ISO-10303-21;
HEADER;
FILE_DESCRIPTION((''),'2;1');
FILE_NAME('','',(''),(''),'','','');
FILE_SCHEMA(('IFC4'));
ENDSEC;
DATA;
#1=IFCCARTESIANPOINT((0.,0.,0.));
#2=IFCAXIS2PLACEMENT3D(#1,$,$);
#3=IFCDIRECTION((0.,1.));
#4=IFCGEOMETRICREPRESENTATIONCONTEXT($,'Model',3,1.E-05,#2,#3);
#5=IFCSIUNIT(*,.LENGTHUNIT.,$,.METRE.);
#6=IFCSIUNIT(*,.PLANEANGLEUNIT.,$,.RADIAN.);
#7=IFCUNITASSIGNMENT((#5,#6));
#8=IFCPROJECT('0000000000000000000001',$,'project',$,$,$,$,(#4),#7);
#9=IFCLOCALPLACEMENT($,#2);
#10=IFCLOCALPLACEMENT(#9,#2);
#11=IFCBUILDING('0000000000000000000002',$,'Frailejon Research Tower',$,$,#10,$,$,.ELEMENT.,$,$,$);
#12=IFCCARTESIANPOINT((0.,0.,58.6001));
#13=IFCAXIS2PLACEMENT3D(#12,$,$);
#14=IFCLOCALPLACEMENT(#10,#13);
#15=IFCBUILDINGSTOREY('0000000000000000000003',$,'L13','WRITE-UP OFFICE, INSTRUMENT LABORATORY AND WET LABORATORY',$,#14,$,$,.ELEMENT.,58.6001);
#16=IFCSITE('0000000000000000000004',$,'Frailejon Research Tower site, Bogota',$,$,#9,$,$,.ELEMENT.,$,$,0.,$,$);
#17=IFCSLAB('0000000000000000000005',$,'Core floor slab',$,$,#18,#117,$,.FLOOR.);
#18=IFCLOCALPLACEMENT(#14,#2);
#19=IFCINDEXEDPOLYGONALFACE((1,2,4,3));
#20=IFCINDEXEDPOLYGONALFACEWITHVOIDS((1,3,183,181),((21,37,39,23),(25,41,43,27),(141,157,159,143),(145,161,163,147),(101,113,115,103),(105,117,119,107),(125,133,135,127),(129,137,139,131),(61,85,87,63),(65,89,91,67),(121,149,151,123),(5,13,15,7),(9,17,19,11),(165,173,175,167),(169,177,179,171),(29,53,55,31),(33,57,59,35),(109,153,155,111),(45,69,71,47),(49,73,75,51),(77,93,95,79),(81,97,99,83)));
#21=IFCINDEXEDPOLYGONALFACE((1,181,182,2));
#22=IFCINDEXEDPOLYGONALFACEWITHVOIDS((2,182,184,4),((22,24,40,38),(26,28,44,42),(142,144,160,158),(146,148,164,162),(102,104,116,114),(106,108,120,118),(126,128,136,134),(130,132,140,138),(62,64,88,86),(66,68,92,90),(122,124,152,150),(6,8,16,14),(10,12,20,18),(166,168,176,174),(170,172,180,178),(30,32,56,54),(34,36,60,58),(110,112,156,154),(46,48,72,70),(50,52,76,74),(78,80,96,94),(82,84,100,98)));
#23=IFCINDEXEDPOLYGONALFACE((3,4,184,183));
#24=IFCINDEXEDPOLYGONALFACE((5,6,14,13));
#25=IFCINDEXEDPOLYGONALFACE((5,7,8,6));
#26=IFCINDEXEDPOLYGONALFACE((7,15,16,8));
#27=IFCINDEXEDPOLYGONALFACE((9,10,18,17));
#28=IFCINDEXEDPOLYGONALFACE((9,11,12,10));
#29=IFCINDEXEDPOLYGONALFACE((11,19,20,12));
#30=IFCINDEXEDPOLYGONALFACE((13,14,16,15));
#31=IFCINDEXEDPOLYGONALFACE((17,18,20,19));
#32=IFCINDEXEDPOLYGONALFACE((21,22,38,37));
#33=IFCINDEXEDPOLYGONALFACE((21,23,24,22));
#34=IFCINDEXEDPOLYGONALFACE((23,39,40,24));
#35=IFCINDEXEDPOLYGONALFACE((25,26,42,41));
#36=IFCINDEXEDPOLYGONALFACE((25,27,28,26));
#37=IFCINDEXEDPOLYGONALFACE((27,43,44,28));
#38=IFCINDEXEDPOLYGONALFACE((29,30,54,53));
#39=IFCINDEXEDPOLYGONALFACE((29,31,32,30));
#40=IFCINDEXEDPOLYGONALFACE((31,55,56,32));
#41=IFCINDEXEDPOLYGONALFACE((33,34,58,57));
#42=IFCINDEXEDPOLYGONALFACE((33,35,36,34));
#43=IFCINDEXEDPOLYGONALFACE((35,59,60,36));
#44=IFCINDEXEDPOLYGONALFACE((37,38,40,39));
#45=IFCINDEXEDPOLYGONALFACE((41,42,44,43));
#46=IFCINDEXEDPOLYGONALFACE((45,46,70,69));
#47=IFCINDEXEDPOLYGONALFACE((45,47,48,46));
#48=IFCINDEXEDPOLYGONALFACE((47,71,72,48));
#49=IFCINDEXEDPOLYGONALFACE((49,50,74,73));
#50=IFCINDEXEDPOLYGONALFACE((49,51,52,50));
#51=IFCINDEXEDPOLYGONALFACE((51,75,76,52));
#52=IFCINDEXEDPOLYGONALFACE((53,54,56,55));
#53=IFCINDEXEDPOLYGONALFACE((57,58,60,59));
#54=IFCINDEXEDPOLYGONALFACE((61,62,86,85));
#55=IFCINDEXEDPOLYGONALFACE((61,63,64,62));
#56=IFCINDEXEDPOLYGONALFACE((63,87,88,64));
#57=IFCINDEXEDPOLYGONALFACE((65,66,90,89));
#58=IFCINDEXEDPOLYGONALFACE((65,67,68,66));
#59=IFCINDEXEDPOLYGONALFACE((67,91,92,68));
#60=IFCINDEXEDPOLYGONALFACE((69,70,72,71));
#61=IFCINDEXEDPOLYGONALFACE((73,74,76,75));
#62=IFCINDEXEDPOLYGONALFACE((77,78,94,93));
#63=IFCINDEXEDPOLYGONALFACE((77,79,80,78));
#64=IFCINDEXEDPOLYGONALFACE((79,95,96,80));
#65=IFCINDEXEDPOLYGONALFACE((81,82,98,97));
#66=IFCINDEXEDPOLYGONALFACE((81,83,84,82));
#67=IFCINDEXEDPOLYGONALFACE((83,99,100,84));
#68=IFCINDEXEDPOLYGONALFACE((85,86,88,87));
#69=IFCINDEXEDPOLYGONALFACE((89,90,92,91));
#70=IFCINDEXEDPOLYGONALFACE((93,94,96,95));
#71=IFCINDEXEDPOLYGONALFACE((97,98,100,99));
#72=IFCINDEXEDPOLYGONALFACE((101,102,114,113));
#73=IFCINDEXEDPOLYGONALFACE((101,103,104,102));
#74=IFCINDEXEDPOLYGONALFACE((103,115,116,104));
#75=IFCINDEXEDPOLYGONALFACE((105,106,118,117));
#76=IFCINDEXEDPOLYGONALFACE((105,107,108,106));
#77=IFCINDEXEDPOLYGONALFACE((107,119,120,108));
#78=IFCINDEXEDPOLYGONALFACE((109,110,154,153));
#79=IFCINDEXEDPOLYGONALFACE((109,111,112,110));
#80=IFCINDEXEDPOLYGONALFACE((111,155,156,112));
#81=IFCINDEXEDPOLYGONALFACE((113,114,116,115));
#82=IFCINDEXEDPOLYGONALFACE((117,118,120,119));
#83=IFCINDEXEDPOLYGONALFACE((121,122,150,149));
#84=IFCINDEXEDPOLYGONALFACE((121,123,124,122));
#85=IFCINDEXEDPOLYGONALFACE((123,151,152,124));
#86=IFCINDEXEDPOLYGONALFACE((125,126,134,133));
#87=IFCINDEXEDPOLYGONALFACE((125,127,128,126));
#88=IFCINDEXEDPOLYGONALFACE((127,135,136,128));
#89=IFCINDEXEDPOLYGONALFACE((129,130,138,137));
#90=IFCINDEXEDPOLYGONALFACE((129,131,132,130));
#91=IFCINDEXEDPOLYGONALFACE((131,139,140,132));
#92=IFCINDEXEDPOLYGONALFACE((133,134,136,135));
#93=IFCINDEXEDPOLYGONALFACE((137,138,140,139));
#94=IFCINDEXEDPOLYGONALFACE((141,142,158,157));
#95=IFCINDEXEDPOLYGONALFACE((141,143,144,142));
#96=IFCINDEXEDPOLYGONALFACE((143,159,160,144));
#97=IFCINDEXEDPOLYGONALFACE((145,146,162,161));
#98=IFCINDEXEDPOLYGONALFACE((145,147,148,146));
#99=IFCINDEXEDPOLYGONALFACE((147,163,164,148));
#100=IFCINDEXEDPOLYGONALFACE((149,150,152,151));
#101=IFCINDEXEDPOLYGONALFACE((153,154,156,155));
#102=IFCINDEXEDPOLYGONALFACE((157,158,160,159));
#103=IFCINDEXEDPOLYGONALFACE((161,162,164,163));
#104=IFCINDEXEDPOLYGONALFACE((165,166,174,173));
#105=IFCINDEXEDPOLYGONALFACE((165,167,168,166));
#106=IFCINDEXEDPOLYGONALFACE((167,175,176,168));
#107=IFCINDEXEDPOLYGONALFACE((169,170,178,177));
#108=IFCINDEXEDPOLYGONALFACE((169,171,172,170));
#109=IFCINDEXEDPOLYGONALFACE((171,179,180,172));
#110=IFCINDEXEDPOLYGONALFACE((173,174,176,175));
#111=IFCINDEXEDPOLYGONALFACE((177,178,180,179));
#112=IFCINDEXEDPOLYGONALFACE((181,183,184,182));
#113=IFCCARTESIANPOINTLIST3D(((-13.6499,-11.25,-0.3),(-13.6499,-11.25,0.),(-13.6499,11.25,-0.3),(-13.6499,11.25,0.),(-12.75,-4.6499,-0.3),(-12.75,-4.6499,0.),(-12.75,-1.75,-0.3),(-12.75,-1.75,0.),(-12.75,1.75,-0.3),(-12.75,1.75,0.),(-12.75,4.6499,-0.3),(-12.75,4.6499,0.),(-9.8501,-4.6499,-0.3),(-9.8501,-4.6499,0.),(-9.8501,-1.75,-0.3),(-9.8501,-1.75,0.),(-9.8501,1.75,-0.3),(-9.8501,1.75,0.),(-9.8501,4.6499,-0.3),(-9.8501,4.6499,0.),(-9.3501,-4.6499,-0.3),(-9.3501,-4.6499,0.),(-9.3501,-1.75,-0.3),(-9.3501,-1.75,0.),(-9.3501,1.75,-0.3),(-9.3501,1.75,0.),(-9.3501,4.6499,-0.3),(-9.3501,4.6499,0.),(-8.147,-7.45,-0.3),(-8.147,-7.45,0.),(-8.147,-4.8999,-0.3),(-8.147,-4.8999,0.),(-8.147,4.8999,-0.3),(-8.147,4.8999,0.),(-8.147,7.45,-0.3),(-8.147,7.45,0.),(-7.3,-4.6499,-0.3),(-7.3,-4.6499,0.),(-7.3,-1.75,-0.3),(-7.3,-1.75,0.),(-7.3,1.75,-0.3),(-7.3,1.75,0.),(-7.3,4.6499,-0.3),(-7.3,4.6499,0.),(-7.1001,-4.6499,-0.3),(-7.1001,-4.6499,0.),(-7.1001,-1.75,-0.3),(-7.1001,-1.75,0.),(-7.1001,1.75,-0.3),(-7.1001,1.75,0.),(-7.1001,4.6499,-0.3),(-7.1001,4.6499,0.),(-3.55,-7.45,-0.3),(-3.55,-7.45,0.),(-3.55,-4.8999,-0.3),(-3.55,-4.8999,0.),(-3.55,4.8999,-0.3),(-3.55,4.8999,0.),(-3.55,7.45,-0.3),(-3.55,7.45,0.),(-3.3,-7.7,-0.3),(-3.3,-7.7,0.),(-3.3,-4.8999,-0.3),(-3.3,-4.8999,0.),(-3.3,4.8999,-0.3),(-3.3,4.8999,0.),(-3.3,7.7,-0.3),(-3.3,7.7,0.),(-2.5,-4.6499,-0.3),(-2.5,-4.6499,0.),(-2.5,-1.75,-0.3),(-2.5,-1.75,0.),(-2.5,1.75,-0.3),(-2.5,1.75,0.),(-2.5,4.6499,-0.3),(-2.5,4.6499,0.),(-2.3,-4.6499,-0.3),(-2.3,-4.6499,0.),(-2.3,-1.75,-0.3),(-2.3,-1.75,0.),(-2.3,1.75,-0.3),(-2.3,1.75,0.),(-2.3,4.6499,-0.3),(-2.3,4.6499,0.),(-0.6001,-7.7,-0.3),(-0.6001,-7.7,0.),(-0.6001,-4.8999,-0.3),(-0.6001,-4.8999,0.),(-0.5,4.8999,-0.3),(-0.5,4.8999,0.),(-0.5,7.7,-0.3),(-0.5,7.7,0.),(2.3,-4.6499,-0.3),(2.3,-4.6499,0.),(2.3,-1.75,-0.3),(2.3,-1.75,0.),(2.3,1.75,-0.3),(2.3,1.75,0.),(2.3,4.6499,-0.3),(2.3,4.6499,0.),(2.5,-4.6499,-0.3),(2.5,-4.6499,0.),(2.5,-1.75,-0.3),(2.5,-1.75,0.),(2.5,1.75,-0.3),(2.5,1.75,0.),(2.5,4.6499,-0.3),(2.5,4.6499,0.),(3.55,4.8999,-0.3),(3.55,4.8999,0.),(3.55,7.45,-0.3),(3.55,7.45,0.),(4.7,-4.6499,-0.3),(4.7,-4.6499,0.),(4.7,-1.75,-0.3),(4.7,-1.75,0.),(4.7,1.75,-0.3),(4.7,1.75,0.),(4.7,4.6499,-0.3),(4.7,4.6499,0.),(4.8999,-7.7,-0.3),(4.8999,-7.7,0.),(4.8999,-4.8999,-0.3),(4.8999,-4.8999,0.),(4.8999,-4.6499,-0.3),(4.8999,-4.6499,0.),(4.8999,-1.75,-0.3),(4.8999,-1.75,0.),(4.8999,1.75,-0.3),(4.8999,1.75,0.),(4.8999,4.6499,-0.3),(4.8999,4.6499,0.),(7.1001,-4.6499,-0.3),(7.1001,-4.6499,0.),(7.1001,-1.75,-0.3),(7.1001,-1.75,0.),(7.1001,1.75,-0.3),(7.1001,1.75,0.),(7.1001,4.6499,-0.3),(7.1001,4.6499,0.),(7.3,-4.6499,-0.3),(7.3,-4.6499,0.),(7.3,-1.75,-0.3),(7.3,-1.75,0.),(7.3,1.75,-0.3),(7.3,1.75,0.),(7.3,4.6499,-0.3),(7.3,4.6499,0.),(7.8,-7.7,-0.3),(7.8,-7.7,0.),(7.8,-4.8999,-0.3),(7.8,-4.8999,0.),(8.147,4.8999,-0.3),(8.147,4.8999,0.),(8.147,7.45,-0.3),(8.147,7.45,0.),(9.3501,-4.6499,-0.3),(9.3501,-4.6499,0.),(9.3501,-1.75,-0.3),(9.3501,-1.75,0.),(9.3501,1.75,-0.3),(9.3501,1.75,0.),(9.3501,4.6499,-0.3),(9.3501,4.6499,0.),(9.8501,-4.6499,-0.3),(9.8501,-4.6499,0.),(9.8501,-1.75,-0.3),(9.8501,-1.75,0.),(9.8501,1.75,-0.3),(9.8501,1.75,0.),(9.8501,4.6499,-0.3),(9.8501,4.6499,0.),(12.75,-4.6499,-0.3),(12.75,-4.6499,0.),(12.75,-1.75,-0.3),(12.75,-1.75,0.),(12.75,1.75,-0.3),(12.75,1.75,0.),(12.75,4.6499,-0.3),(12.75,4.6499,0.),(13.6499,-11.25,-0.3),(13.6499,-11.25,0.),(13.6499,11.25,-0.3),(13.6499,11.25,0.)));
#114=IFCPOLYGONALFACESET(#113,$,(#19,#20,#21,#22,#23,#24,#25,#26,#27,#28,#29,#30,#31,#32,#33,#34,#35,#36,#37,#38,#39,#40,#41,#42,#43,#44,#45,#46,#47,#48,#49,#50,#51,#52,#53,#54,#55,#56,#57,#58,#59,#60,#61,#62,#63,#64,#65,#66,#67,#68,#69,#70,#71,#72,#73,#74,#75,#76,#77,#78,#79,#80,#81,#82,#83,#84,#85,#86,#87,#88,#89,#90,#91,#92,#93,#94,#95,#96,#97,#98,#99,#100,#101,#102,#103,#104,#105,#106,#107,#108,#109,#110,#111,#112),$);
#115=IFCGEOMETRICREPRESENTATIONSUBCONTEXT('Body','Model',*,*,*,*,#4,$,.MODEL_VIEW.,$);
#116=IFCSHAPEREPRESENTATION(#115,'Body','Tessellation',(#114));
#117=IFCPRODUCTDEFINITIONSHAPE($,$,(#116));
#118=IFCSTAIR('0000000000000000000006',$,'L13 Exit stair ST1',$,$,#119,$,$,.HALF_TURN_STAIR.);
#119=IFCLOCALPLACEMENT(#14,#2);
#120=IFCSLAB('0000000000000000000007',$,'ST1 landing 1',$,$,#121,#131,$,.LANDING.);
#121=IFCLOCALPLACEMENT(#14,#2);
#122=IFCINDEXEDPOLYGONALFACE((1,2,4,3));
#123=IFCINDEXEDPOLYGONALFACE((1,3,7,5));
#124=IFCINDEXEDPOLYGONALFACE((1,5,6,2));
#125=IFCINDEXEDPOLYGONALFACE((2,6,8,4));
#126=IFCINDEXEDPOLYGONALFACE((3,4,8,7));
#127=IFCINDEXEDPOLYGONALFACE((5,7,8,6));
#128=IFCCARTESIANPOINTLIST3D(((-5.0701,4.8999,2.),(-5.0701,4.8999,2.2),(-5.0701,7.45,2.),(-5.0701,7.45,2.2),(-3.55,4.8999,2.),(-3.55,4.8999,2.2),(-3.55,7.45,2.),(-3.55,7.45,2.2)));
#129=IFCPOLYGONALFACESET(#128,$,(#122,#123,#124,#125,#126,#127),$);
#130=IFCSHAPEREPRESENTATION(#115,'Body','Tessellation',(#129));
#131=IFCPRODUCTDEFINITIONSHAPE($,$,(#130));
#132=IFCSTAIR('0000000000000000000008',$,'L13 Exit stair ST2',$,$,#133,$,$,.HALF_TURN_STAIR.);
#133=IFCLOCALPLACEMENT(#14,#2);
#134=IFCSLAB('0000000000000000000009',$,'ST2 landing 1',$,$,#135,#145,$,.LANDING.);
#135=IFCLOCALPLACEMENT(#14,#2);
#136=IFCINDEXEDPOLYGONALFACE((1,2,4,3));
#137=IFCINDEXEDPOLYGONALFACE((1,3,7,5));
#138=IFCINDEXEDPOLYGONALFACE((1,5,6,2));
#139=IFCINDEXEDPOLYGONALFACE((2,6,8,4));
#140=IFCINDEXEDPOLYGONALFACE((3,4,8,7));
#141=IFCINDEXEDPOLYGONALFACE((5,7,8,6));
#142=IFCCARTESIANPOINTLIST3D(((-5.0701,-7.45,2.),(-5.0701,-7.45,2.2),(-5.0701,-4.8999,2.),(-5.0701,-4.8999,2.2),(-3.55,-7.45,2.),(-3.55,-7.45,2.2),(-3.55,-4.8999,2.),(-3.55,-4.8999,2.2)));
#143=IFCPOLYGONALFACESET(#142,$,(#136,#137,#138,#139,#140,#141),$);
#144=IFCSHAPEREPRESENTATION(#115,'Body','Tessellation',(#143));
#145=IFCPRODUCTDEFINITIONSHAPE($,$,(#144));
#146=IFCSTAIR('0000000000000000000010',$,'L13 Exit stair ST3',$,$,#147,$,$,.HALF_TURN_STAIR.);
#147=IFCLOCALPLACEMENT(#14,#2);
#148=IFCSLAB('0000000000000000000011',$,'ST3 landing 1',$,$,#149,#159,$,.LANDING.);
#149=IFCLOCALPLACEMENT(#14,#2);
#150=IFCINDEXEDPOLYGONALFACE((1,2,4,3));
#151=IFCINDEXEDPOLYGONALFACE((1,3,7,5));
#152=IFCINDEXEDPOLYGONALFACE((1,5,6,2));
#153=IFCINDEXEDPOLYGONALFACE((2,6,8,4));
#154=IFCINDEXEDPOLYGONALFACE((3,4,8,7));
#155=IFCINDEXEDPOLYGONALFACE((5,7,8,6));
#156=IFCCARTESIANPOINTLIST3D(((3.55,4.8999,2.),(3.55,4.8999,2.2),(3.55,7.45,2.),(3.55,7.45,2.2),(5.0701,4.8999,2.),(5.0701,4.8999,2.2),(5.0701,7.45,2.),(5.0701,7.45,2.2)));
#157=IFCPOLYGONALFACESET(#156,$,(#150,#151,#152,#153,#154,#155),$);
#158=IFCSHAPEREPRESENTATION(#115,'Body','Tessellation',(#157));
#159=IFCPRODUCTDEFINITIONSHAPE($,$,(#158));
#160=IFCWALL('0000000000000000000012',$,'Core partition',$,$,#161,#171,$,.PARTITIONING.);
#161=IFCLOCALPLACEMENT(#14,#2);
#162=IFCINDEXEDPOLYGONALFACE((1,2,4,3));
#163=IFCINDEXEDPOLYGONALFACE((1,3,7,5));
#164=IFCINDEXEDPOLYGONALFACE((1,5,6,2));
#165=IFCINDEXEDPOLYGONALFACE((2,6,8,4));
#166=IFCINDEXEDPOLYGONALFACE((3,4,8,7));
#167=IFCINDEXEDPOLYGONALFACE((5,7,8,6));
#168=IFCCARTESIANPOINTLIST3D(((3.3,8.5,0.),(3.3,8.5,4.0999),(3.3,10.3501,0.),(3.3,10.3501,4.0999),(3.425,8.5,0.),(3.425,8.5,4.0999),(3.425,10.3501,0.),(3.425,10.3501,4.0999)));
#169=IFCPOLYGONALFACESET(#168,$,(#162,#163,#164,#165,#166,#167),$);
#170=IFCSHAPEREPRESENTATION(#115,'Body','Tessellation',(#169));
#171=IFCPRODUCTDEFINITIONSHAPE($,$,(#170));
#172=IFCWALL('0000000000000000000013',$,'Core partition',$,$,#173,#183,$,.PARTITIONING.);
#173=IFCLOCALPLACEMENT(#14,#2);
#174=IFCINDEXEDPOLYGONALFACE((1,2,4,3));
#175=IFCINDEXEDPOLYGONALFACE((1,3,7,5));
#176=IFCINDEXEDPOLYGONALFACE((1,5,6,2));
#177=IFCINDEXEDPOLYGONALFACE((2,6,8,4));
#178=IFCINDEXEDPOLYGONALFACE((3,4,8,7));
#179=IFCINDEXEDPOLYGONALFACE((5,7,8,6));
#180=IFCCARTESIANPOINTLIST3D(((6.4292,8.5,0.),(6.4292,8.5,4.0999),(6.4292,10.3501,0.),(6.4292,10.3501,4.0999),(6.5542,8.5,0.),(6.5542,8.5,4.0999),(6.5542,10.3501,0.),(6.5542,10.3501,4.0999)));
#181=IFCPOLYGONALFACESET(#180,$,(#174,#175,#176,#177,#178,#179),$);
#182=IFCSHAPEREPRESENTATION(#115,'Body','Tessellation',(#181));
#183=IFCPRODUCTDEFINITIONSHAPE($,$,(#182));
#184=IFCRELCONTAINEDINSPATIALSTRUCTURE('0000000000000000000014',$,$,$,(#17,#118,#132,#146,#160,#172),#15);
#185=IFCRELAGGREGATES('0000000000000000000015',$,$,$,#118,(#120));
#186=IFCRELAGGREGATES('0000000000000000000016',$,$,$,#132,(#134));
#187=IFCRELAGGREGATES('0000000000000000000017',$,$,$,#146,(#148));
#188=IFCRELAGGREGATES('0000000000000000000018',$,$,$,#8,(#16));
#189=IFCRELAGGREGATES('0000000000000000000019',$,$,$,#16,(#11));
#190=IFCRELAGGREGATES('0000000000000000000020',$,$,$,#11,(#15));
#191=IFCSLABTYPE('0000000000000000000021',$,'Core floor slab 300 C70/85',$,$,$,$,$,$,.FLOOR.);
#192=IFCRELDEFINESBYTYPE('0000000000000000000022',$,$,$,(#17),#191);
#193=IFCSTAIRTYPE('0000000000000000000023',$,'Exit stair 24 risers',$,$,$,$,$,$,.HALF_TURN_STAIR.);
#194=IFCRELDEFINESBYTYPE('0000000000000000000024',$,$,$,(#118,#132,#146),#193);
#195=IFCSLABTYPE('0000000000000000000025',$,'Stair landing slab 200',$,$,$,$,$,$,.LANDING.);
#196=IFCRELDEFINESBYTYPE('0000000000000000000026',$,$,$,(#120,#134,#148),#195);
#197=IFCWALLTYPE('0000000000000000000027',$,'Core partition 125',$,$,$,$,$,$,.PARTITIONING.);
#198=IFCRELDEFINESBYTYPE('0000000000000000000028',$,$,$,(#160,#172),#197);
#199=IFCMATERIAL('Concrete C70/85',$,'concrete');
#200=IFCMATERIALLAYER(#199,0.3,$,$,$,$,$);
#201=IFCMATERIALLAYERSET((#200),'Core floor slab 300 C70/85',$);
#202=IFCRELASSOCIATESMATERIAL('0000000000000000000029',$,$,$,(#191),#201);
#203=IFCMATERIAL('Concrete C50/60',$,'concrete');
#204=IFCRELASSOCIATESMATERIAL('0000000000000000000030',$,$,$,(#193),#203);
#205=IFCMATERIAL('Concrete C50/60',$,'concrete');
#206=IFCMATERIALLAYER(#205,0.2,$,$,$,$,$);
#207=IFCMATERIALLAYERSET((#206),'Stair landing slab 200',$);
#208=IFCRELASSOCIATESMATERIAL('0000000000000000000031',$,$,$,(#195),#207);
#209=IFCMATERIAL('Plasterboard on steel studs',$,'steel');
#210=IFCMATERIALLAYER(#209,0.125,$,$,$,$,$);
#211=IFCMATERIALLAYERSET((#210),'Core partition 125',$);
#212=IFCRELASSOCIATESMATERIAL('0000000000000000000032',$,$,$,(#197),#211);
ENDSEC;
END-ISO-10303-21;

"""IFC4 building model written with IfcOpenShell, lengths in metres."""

from ifc_helpers import new_model, si_unit, direction, frame, frame_2d, origin, place, context, subcontext, project, spatial, polyline, rectangle, outline, extrude, material, layer, layer_set, type_object, element, aggregate, save


model = new_model("IFC4")

# Units and contexts
model_context = context("Model", 3, precision=1e-05, world=origin(), true_north=direction((0.0, 1.0)))
body_context = subcontext(model_context, "Body", "Model", "MODEL_VIEW")
ifc_project = project(units=[si_unit("LENGTHUNIT", "METRE"), si_unit("PLANEANGLEUNIT", "RADIAN")], contexts=[model_context])

# Site, building, storey
site_placement = place(None, origin())
site = spatial("IfcSite", under=ifc_project, at=site_placement, Name="Frailejon Research Tower site, Bogota", CompositionType="ELEMENT", RefElevation=0.0)
building_placement = place(site_placement, origin())
building = spatial("IfcBuilding", under=site, at=building_placement, Name="Frailejon Research Tower", CompositionType="ELEMENT")
storey_placement = place(building_placement, frame((0.0, 0.0, 58.6001)))
storey = spatial("IfcBuildingStorey", under=building, at=storey_placement, Name="L13", Description="WRITE-UP OFFICE, INSTRUMENT LABORATORY AND WET LABORATORY", CompositionType="ELEMENT", Elevation=58.6001)

# Slab
ifc_material_1 = material(Name="Concrete C70/85", Category="concrete")
ifc_layer_1 = layer(ifc_material_1, 0.3)
ifc_layer_set_1 = layer_set([ifc_layer_1], Name="Core floor slab 300 C70/85")
slab_type_1 = type_object("IfcSlabType", Name="Core floor slab 300 C70/85", PredefinedType="FLOOR", material=ifc_layer_set_1)
slab_1_placement = place(storey_placement, frame((0.0, 0.0, -0.3)))
element("IfcSlab", 1, at=slab_1_placement, inside=storey, type_object=slab_type_1, Name="Core floor slab", PredefinedType="FLOOR", context=body_context, shape_type="SweptSolid", body=[
    extrude(outline(polyline([(13.6499, -11.25), (13.6499, 11.25), (-13.6499, 11.25), (-13.6499, -11.25), (13.6499, -11.25)]), holes=[polyline([(-9.8501, 1.75), (-9.8501, 4.6499), (-12.75, 4.6499), (-12.75, 1.75), (-9.8501, 1.75)]), polyline([(-7.3, 1.75), (-7.3, 4.6499), (-9.3501, 4.6499), (-9.3501, 1.75), (-7.3, 1.75)]), polyline([(-2.5, 1.75), (-2.5, 4.6499), (-7.1001, 4.6499), (-7.1001, 1.75), (-2.5, 1.75)]), polyline([(2.3, 1.75), (2.3, 4.6499), (-2.3, 4.6499), (-2.3, 1.75), (2.3, 1.75)]), polyline([(4.7, 1.75), (4.7, 4.6499), (2.5, 4.6499), (2.5, 1.75), (4.7, 1.75)]), polyline([(7.1001, 1.75), (7.1001, 4.6499), (4.8999, 4.6499), (4.8999, 1.75), (7.1001, 1.75)]), polyline([(9.3501, 1.75), (9.3501, 4.6499), (7.3, 4.6499), (7.3, 1.75), (9.3501, 1.75)]), polyline([(12.75, 1.75), (12.75, 4.6499), (9.8501, 4.6499), (9.8501, 1.75), (12.75, 1.75)]), polyline([(-9.8501, -4.6499), (-9.8501, -1.75), (-12.75, -1.75), (-12.75, -4.6499), (-9.8501, -4.6499)]), polyline([(-7.3, -4.6499), (-7.3, -1.75), (-9.3501, -1.75), (-9.3501, -4.6499), (-7.3, -4.6499)]), polyline([(-2.5, -4.6499), (-2.5, -1.75), (-7.1001, -1.75), (-7.1001, -4.6499), (-2.5, -4.6499)]), polyline([(2.3, -4.6499), (2.3, -1.75), (-2.3, -1.75), (-2.3, -4.6499), (2.3, -4.6499)]), polyline([(4.7, -4.6499), (4.7, -1.75), (2.5, -1.75), (2.5, -4.6499), (4.7, -4.6499)]), polyline([(7.1001, -4.6499), (7.1001, -1.75), (4.8999, -1.75), (4.8999, -4.6499), (7.1001, -4.6499)]), polyline([(9.3501, -4.6499), (9.3501, -1.75), (7.3, -1.75), (7.3, -4.6499), (9.3501, -4.6499)]), polyline([(12.75, -4.6499), (12.75, -1.75), (9.8501, -1.75), (9.8501, -4.6499), (12.75, -4.6499)]), polyline([(-8.147, 4.8999), (-3.55, 4.8999), (-3.55, 7.45), (-8.147, 7.45), (-8.147, 4.8999)]), polyline([(-8.147, -7.45), (-3.55, -7.45), (-3.55, -4.8999), (-8.147, -4.8999), (-8.147, -7.45)]), polyline([(8.147, 7.45), (3.55, 7.45), (3.55, 4.8999), (8.147, 4.8999), (8.147, 7.45)]), polyline([(-0.6001, -7.7), (-0.6001, -4.8999), (-3.3, -4.8999), (-3.3, -7.7), (-0.6001, -7.7)]), polyline([(7.8, -7.7), (7.8, -4.8999), (4.8999, -4.8999), (4.8999, -7.7), (7.8, -7.7)]), polyline([(-0.5, 4.8999), (-0.5, 7.7), (-3.3, 7.7), (-3.3, 4.8999), (-0.5, 4.8999)])]), origin(), (0.0, 0.0, 1.0), 0.3),
])

# Stairs, slabs
ifc_material_2 = material(Name="Concrete C50/60", Category="concrete")
stair_type = type_object("IfcStairType", Name="Exit stair 24 risers", PredefinedType="HALF_TURN_STAIR", material=ifc_material_2)
stair_1_placement = place(storey_placement, origin())
stair_1 = element("IfcStair", 2, at=stair_1_placement, inside=storey, type_object=stair_type, Name="L13 Exit stair ST1", PredefinedType="HALF_TURN_STAIR")
ifc_material_3 = material(Name="Concrete C50/60", Category="concrete")
ifc_layer_2 = layer(ifc_material_3, 0.2)
ifc_layer_set_2 = layer_set([ifc_layer_2], Name="Stair landing slab 200")
slab_type_2 = type_object("IfcSlabType", Name="Stair landing slab 200", PredefinedType="LANDING", material=ifc_layer_set_2)
slab_2_placement = place(storey_placement, frame((0.0, 0.0, 2.0)))
slab_2 = element("IfcSlab", 3, at=slab_2_placement, type_object=slab_type_2, Name="ST1 landing 1", PredefinedType="LANDING", context=body_context, shape_type="SweptSolid", body=[
    extrude(outline(polyline([(-5.0701, 4.8999), (-3.55, 4.8999), (-3.55, 7.45), (-5.0701, 7.45), (-5.0701, 4.8999)])), origin(), (0.0, 0.0, 1.0), 0.2),
])
aggregate(stair_1, [slab_2])
stair_2_placement = place(storey_placement, origin())
stair_2 = element("IfcStair", 4, at=stair_2_placement, inside=storey, type_object=stair_type, Name="L13 Exit stair ST2", PredefinedType="HALF_TURN_STAIR")
slab_3_placement = place(storey_placement, frame((0.0, 0.0, 2.0)))
slab_3 = element("IfcSlab", 5, at=slab_3_placement, type_object=slab_type_2, Name="ST2 landing 1", PredefinedType="LANDING", context=body_context, shape_type="SweptSolid", body=[
    extrude(outline(polyline([(-5.0701, -7.45), (-3.55, -7.45), (-3.55, -4.8999), (-5.0701, -4.8999), (-5.0701, -7.45)])), origin(), (0.0, 0.0, 1.0), 0.2),
])
aggregate(stair_2, [slab_3])
stair_3_placement = place(storey_placement, origin())
stair_3 = element("IfcStair", 6, at=stair_3_placement, inside=storey, type_object=stair_type, Name="L13 Exit stair ST3", PredefinedType="HALF_TURN_STAIR")
slab_4_placement = place(storey_placement, frame((0.0, 0.0, 2.0)))
slab_4 = element("IfcSlab", 7, at=slab_4_placement, type_object=slab_type_2, Name="ST3 landing 1", PredefinedType="LANDING", context=body_context, shape_type="SweptSolid", body=[
    extrude(outline(polyline([(5.0701, 7.45), (3.55, 7.45), (3.55, 4.8999), (5.0701, 4.8999), (5.0701, 7.45)])), origin(), (0.0, 0.0, 1.0), 0.2),
])

# Walls
ifc_material_4 = material(Name="Plasterboard on steel studs", Category="steel")
ifc_layer_3 = layer(ifc_material_4, 0.125)
ifc_layer_set_3 = layer_set([ifc_layer_3], Name="Core partition 125")
wall_type_1 = type_object("IfcWallType", Name="Core partition 125", PredefinedType="PARTITIONING", material=ifc_layer_set_3)
for number, where, z_axis, x_axis, name in (
    (8, (3.3625, 8.5, 0.0), (0.0, 0.0, 1.0), (0.0, 1.0, 0.0), "Core partition"),
    (9, (6.4917, 8.5, 0.0), (0.0, 0.0, 1.0), (0.0, 1.0, 0.0), "Core partition"),
):
    element("IfcWall", number, at=place(storey_placement, frame(where, z_axis=z_axis, x_axis=x_axis)), inside=storey, type_object=wall_type_1, Name=name, PredefinedType="PARTITIONING", context=body_context, shape_type="SweptSolid", body=[
        extrude(rectangle(XDim=1.8501, YDim=0.125, at=frame_2d((0.925, 0.0))), origin(), (0.0, 0.0, 1.0), 4.0999),
    ])

aggregate(stair_3, [slab_4])

save(model, "model.ifc")
